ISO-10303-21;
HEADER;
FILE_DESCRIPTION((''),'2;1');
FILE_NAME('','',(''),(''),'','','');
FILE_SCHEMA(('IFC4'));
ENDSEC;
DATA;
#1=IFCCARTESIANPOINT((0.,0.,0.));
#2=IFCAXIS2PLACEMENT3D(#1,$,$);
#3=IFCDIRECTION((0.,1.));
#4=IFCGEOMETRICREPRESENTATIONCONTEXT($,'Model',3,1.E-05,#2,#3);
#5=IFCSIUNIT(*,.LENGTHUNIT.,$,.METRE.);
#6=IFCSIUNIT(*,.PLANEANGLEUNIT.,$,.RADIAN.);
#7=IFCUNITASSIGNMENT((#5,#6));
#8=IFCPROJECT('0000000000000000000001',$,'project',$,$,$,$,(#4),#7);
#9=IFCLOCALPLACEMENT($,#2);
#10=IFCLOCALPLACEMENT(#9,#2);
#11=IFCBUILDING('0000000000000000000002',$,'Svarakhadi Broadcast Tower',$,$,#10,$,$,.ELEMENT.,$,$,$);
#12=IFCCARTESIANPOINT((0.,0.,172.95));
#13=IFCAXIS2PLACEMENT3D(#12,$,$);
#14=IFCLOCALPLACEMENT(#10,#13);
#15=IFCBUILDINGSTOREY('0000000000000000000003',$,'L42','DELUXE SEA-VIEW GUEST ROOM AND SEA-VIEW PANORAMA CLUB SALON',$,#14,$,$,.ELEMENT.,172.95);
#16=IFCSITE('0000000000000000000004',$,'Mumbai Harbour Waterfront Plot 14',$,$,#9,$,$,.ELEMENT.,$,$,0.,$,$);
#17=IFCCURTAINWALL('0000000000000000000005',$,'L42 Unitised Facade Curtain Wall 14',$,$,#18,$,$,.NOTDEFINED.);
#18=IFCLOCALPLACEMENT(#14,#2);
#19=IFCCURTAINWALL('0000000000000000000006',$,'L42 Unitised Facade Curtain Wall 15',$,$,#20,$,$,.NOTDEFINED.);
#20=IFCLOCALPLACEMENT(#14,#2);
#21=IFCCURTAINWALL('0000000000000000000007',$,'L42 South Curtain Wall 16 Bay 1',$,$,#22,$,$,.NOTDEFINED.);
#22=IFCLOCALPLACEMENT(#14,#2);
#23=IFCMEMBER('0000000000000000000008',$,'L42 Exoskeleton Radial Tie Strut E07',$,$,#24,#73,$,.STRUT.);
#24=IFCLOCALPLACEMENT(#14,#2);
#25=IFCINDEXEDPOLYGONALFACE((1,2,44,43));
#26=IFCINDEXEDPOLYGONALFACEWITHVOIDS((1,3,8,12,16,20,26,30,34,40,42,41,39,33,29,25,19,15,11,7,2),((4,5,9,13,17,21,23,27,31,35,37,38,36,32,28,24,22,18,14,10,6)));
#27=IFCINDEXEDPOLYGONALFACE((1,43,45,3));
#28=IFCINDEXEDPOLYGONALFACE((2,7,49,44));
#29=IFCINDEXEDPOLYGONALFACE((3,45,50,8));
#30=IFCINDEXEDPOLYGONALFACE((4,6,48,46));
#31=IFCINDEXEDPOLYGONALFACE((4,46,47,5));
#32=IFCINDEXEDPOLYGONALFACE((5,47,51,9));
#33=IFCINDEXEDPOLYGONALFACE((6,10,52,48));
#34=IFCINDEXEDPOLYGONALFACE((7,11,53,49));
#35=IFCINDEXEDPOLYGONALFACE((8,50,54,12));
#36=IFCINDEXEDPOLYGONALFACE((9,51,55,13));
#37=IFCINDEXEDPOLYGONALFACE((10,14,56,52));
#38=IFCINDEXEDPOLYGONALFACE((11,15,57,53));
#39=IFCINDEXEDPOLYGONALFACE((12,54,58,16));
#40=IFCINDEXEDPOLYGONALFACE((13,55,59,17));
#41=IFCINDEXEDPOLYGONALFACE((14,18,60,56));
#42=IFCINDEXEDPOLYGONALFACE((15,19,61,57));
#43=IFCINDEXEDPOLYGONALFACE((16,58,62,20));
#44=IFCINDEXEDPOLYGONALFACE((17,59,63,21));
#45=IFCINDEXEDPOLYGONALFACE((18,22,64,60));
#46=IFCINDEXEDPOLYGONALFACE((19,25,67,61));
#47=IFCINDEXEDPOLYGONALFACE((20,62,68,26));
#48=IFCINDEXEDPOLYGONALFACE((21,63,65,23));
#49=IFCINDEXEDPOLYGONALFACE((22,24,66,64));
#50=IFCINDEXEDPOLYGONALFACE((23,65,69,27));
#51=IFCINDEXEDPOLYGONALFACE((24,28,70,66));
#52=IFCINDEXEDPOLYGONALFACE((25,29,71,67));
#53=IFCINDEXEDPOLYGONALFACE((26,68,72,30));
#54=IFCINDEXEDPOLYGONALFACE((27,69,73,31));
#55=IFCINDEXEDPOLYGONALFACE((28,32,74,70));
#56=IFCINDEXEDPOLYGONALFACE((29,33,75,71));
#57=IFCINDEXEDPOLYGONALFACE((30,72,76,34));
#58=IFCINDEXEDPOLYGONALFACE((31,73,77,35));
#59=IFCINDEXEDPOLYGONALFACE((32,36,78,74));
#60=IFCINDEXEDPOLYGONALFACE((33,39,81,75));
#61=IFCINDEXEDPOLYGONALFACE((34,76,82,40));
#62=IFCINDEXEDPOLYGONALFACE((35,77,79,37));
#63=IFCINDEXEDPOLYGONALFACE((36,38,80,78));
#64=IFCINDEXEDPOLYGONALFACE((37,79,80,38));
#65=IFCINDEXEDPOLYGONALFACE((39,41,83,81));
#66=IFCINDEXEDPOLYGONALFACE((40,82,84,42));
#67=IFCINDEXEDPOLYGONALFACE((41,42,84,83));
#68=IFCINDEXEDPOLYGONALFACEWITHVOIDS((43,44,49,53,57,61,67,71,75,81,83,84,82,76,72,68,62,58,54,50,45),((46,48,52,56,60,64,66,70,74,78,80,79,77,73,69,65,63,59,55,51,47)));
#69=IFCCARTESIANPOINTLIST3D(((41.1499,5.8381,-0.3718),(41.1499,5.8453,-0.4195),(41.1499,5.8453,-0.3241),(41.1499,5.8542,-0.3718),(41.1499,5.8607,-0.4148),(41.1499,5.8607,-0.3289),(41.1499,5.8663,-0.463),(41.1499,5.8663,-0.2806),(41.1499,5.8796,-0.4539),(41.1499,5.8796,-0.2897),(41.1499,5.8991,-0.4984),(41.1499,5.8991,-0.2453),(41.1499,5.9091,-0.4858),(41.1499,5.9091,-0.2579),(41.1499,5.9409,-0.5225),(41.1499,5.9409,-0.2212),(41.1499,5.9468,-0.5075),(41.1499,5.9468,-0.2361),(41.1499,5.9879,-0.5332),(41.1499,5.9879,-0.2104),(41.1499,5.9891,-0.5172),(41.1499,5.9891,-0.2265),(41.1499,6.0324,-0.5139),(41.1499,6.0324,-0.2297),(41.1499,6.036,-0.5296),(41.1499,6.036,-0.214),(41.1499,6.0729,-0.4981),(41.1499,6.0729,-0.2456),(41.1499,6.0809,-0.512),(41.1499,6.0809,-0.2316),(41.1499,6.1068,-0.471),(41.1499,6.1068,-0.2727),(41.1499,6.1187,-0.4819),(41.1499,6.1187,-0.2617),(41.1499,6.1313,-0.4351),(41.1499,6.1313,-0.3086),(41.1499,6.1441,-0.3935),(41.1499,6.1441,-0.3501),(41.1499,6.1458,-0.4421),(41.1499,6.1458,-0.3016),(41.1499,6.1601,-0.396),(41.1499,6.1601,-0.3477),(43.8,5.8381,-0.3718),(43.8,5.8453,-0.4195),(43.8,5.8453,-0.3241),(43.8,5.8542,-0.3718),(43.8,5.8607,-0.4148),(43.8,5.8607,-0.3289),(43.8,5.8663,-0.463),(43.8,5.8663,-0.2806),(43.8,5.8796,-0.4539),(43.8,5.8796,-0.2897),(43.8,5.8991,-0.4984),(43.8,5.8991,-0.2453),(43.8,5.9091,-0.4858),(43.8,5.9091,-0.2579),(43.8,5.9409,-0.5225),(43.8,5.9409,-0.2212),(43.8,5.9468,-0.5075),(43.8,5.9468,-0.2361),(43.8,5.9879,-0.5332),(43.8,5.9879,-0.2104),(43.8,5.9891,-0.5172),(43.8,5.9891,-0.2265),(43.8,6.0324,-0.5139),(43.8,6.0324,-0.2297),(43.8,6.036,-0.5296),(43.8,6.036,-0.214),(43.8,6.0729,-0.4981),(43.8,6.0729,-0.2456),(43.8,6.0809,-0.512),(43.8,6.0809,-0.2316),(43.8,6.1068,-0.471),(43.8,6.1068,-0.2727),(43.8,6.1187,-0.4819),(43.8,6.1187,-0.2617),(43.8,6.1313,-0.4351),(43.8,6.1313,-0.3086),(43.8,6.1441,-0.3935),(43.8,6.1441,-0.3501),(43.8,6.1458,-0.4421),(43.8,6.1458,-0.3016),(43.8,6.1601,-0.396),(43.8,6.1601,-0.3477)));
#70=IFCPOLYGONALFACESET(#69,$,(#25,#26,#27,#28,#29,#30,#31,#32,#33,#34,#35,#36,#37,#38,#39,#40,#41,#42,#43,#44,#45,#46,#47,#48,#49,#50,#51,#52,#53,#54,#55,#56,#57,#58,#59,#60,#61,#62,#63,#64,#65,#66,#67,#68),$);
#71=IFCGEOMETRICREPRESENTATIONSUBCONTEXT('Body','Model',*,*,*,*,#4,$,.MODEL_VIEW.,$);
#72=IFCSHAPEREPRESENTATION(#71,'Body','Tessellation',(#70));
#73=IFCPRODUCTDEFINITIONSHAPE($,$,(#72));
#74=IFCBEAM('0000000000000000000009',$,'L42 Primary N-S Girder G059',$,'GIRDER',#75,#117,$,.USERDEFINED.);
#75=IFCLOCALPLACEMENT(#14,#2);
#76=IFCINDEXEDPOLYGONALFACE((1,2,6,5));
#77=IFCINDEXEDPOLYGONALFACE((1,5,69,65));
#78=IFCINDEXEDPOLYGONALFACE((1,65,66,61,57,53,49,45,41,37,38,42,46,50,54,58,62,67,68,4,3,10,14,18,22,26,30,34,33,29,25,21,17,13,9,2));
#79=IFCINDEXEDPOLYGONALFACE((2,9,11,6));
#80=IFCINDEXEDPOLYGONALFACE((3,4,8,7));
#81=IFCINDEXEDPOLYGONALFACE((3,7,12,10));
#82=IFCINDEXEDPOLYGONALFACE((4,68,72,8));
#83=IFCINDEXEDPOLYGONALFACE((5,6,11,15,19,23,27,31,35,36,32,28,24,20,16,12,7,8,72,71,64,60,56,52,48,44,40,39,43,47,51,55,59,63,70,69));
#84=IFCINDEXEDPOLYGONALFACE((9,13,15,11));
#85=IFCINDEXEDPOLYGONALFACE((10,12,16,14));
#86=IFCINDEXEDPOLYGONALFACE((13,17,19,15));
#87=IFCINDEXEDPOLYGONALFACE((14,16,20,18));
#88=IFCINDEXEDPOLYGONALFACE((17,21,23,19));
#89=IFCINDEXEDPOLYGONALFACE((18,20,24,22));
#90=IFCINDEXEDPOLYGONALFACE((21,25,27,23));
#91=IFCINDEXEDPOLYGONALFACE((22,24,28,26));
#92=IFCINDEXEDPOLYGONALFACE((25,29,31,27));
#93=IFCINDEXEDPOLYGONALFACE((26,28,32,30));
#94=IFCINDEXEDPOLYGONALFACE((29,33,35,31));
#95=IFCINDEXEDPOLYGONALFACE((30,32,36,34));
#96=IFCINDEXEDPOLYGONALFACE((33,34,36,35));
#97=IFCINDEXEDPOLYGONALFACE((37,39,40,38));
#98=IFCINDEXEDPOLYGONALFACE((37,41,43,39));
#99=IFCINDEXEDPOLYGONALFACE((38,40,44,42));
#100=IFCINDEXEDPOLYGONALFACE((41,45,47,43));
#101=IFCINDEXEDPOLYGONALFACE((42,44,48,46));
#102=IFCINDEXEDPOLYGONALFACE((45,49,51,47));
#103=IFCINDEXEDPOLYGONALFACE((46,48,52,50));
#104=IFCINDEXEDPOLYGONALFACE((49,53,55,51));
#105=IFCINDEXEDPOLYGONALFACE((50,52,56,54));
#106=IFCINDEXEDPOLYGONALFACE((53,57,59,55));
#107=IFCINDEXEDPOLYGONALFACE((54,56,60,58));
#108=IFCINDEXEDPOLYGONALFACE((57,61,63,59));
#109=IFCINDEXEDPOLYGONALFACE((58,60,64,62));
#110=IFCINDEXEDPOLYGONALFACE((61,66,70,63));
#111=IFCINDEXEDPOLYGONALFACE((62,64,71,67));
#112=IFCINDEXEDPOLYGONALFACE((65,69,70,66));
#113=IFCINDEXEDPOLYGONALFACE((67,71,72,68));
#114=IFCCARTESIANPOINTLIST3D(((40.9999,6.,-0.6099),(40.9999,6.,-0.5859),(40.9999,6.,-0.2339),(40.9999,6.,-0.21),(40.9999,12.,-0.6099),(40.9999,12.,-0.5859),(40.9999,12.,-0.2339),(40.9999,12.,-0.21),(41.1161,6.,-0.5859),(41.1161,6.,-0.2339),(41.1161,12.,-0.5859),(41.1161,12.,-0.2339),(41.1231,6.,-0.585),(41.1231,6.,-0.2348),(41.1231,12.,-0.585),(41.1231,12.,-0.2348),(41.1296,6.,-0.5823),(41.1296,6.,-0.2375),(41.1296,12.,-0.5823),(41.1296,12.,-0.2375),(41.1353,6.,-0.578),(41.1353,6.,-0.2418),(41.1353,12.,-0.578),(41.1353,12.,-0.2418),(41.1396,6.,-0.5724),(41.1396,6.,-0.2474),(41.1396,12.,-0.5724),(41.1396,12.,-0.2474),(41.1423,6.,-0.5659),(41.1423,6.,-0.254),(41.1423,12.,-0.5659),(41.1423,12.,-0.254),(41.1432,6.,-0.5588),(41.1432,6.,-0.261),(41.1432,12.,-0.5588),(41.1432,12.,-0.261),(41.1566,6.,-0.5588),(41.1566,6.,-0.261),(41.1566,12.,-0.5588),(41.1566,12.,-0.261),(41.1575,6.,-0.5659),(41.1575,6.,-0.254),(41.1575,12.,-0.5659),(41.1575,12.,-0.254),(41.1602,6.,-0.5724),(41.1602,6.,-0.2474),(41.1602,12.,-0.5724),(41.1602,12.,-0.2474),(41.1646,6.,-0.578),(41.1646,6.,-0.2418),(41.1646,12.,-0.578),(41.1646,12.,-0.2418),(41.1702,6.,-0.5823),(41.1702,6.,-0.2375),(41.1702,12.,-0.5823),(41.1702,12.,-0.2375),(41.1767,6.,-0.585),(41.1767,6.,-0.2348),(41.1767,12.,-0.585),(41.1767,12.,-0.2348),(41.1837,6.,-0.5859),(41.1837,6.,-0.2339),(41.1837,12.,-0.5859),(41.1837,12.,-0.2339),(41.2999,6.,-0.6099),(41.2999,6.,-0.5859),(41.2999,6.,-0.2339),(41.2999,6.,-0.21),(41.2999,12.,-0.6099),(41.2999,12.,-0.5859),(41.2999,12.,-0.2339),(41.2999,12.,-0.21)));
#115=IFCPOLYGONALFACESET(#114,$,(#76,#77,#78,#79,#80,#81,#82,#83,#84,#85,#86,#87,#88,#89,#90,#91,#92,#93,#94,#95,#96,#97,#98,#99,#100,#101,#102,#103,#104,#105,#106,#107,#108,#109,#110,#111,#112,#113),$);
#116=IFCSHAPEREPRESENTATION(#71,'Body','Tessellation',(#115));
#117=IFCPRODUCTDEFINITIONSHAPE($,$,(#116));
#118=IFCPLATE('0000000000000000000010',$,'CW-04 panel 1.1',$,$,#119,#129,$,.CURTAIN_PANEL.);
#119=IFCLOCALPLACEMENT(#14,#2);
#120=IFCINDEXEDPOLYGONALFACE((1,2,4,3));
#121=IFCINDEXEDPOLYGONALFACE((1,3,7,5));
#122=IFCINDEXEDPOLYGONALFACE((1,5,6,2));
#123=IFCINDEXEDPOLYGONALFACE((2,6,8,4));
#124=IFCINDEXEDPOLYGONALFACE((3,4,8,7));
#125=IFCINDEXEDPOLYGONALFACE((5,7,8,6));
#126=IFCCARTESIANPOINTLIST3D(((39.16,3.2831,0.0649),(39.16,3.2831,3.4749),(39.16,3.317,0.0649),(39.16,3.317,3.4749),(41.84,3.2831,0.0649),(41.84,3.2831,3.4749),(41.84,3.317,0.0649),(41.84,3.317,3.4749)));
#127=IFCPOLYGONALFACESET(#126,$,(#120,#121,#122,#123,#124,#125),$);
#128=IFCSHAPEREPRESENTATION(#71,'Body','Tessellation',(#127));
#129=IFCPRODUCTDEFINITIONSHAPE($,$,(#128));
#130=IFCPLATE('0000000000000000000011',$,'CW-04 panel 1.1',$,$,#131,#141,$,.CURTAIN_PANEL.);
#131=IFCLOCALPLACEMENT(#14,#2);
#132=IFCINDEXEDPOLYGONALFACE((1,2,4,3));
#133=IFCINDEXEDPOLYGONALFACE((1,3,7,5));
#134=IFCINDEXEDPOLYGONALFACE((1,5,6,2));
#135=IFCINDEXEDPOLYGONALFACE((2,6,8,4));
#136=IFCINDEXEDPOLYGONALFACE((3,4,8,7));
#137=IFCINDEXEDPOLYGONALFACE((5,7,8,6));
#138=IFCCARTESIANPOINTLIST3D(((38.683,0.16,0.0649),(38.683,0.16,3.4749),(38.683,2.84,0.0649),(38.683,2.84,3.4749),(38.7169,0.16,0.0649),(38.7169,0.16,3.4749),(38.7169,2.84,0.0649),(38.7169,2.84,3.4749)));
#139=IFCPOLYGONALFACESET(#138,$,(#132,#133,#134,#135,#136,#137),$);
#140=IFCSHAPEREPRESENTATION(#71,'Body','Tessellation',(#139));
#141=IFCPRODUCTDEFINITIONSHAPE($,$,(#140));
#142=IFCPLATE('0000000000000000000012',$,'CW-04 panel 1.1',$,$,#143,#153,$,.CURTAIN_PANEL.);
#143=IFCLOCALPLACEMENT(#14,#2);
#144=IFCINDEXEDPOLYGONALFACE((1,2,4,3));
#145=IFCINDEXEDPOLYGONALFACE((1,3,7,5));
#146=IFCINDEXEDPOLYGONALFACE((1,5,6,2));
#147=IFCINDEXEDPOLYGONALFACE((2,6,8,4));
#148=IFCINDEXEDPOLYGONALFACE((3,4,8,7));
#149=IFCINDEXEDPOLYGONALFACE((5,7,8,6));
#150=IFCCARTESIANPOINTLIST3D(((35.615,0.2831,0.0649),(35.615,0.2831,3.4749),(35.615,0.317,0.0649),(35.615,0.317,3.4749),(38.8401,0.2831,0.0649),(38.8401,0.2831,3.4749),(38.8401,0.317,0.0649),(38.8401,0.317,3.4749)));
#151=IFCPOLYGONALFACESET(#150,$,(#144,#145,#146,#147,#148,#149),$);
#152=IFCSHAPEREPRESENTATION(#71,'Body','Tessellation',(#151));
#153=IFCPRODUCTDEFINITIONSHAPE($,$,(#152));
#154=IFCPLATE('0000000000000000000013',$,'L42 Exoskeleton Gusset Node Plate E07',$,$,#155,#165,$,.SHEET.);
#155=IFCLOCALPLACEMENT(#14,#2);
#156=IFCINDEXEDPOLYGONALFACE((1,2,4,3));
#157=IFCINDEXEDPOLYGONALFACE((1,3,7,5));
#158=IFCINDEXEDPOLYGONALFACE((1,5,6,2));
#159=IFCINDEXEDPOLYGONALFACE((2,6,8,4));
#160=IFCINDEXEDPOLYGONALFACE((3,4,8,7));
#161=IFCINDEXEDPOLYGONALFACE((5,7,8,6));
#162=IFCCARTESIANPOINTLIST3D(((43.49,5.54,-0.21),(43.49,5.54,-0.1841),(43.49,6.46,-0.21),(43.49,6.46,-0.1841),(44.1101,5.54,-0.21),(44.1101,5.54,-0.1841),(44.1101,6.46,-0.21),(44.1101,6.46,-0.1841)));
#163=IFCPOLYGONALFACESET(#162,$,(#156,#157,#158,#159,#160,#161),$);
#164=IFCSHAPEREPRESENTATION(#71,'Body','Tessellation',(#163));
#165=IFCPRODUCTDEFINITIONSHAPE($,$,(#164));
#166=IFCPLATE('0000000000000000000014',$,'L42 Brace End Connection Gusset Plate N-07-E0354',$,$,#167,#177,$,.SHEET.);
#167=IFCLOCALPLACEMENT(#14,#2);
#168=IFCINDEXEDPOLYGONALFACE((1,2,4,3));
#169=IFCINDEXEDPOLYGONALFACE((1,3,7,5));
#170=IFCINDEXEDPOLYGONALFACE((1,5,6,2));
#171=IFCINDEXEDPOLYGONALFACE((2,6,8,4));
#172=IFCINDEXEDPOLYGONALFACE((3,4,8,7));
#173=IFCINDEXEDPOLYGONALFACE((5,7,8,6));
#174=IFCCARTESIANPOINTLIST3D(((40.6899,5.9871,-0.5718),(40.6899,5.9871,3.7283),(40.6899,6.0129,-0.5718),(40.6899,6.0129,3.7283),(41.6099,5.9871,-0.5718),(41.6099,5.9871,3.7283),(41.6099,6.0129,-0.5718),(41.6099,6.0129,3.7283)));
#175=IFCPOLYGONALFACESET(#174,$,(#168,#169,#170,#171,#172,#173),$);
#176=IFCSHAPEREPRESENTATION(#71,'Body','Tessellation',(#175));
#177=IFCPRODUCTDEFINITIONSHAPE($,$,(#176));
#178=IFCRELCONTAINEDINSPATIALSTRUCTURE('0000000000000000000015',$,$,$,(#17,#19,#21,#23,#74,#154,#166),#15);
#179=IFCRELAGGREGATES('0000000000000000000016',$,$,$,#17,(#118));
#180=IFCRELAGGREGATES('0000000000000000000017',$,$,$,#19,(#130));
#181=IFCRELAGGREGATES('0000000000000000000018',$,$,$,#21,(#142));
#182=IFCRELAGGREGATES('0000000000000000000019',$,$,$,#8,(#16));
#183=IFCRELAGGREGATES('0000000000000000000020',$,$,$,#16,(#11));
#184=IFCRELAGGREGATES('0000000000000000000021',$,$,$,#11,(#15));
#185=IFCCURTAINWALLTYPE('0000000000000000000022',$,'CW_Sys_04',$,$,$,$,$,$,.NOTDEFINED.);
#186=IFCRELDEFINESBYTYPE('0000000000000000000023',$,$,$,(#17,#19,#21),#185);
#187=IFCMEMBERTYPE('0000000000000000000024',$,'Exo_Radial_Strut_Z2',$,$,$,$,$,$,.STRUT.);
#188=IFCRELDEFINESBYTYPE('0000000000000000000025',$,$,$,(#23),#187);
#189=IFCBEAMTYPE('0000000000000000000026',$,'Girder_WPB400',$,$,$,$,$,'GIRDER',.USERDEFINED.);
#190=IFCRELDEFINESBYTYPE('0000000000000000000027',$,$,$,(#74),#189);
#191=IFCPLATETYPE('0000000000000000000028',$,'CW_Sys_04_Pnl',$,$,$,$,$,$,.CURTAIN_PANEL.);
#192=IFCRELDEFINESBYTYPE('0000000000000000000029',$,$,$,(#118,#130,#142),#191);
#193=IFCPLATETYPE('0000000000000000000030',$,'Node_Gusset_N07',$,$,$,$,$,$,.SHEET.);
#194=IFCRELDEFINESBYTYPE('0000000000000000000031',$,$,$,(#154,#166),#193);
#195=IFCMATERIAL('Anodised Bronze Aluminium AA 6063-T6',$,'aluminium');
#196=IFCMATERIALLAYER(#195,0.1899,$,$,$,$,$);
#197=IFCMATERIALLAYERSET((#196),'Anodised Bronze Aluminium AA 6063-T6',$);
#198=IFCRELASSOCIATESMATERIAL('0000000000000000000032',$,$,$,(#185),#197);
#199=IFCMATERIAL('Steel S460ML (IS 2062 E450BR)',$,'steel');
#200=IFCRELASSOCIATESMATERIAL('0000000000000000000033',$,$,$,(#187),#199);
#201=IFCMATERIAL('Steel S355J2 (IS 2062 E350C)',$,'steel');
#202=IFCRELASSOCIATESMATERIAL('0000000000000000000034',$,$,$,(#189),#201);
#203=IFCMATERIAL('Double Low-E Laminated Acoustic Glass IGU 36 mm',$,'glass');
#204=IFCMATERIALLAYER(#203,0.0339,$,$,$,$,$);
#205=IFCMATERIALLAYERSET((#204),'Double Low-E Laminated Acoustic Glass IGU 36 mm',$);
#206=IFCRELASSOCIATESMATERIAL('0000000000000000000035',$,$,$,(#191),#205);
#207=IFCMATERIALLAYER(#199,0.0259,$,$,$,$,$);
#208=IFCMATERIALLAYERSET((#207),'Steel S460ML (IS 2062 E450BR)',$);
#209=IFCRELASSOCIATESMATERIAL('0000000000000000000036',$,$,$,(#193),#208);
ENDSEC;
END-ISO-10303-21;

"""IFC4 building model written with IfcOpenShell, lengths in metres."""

from ifc_helpers import new_model, si_unit, direction, frame, origin, origin_2d, place, context, subcontext, project, spatial, rectangle, hollow_circle, i_section, extrude, material, layer, layer_set, material_profile, profile_set, type_object, element, aggregate, save


model = new_model("IFC4")

# Units and contexts
model_context = context("Model", 3, precision=1e-05, world=origin(), true_north=direction((0.0, 1.0)))
body_context = subcontext(model_context, "Body", "Model", "MODEL_VIEW")
ifc_project = project(units=[si_unit("LENGTHUNIT", "METRE"), si_unit("PLANEANGLEUNIT", "RADIAN")], contexts=[model_context])

# Site, building, storey
site_placement = place(None, origin())
site = spatial("IfcSite", under=ifc_project, at=site_placement, Name="Mumbai Harbour Waterfront Plot 14", CompositionType="ELEMENT", RefElevation=0.0)
building_placement = place(site_placement, origin())
building = spatial("IfcBuilding", under=site, at=building_placement, Name="Svarakhadi Broadcast Tower", CompositionType="ELEMENT")
storey_placement = place(building_placement, frame((0.0, 0.0, 172.95)))
storey = spatial("IfcBuildingStorey", under=building, at=storey_placement, Name="L42", Description="DELUXE SEA-VIEW GUEST ROOM AND SEA-VIEW PANORAMA CLUB SALON", CompositionType="ELEMENT", Elevation=172.95)

# Shared definitions
ifc_material_1 = material(Name="Steel S460ML (IS 2062 E450BR)", Category="steel")

# Shared definitions
ifc_material_2 = material(Name="Anodised Bronze Aluminium AA 6063-T6", Category="aluminium")
ifc_layer_1 = layer(ifc_material_2, 0.1899)
ifc_layer_set_1 = layer_set([ifc_layer_1], Name="Anodised Bronze Aluminium AA 6063-T6")
curtain_wall_type = type_object("IfcCurtainWallType", Name="CW_Sys_04", PredefinedType="NOTDEFINED", material=ifc_layer_set_1)

# Curtain walls
curtain_wall_1_placement = place(storey_placement, origin())
curtain_wall_1 = element("IfcCurtainWall", 1, at=curtain_wall_1_placement, inside=storey, type_object=curtain_wall_type, Name="L42 Unitised Facade Curtain Wall 14", PredefinedType="NOTDEFINED")
curtain_wall_2_placement = place(storey_placement, origin())
curtain_wall_2 = element("IfcCurtainWall", 2, at=curtain_wall_2_placement, inside=storey, type_object=curtain_wall_type, Name="L42 Unitised Facade Curtain Wall 15", PredefinedType="NOTDEFINED")

# Curtain wall
curtain_wall_3_placement = place(storey_placement, origin())
curtain_wall_3 = element("IfcCurtainWall", 3, at=curtain_wall_3_placement, inside=storey, type_object=curtain_wall_type, Name="L42 South Curtain Wall 16 Bay 1", PredefinedType="NOTDEFINED")

# Member
ifc_material_profile_1 = material_profile(ifc_material_1, hollow_circle(Radius=0.1619, WallThickness=0.0161, at=origin_2d()), Name="CHS 323.9x16")
ifc_profile_set_1 = profile_set([ifc_material_profile_1], Name="Steel S460ML (IS 2062 E450BR)")
member_type_1 = type_object("IfcMemberType", Name="Exo_Radial_Strut_Z2", PredefinedType="STRUT", material=ifc_profile_set_1)
member_1_placement = place(storey_placement, frame((43.8, 6.0, -0.3718), z_axis=(-1.0, 0.0, 0.0), x_axis=(0.0, -1.0, 0.0)))
element("IfcMember", 4, at=member_1_placement, inside=storey, type_object=member_type_1, Name="L42 Exoskeleton Radial Tie Strut E07", PredefinedType="STRUT", context=body_context, shape_type="SweptSolid", body=[
    extrude(hollow_circle(Radius=0.1619, WallThickness=0.0161, at=origin_2d()), origin(), (0.0, 0.0, 1.0), 2.6501),
])

# Beam
ifc_material_3 = material(Name="Steel S355J2 (IS 2062 E350C)", Category="steel")
ifc_material_profile_2 = material_profile(ifc_material_3, i_section(OverallWidth=0.3, OverallDepth=0.3999, WebThickness=0.0134, FlangeThickness=0.0239, FilletRadius=0.0271, at=origin_2d()), Name="WPB 400x300x155")
ifc_profile_set_2 = profile_set([ifc_material_profile_2], Name="Steel S355J2 (IS 2062 E350C)")
beam_type = type_object("IfcBeamType", Name="Girder_WPB400", ElementType="GIRDER", PredefinedType="USERDEFINED", material=ifc_profile_set_2)
beam_placement = place(storey_placement, frame((41.1499, 6.0, -0.4099), z_axis=(0.0, 1.0, 0.0), x_axis=(-1.0, 0.0, 0.0)))
element("IfcBeam", 5, at=beam_placement, inside=storey, type_object=beam_type, Name="L42 Primary N-S Girder G059", ObjectType="GIRDER", PredefinedType="USERDEFINED", context=body_context, shape_type="SweptSolid", body=[
    extrude(i_section(OverallWidth=0.3, OverallDepth=0.3999, WebThickness=0.0134, FlangeThickness=0.0239, FilletRadius=0.0271, at=origin_2d()), origin(), (0.0, 0.0, 1.0), 6.0),
])

# Plates
ifc_material_4 = material(Name="Double Low-E Laminated Acoustic Glass IGU 36 mm", Category="glass")
ifc_layer_2 = layer(ifc_material_4, 0.0339)
ifc_layer_set_2 = layer_set([ifc_layer_2], Name="Double Low-E Laminated Acoustic Glass IGU 36 mm")
plate_type_1 = type_object("IfcPlateType", Name="CW_Sys_04_Pnl", PredefinedType="CURTAIN_PANEL", material=ifc_layer_set_2)
plate_1_placement = place(storey_placement, frame((40.5, 3.3, 0.0649), z_axis=(0.0, 0.0, 1.0), x_axis=(-1.0, 0.0, 0.0)))
plate_1 = element("IfcPlate", 6, at=plate_1_placement, type_object=plate_type_1, Name="CW-04 panel 1.1", PredefinedType="CURTAIN_PANEL", context=body_context, shape_type="SweptSolid", body=[
    extrude(rectangle(XDim=2.6799, YDim=0.0339, at=origin_2d()), origin(), (0.0, 0.0, 1.0), 3.4099),
])
aggregate(curtain_wall_1, [plate_1])
plate_2_placement = place(storey_placement, frame((38.7, 1.5, 0.0649), z_axis=(0.0, 0.0, 1.0), x_axis=(0.0, -1.0, 0.0)))
plate_2 = element("IfcPlate", 7, at=plate_2_placement, type_object=plate_type_1, Name="CW-04 panel 1.1", PredefinedType="CURTAIN_PANEL", context=body_context, shape_type="SweptSolid", body=[
    extrude(rectangle(XDim=2.6799, YDim=0.0339, at=origin_2d()), origin(), (0.0, 0.0, 1.0), 3.4099),
])
aggregate(curtain_wall_2, [plate_2])
plate_3_placement = place(storey_placement, frame((37.2275, 0.3, 0.0649), z_axis=(0.0, 0.0, 1.0), x_axis=(-1.0, 0.0, 0.0)))
plate_3 = element("IfcPlate", 8, at=plate_3_placement, type_object=plate_type_1, Name="CW-04 panel 1.1", PredefinedType="CURTAIN_PANEL", context=body_context, shape_type="SweptSolid", body=[
    extrude(rectangle(XDim=3.2251, YDim=0.0339, at=origin_2d()), origin(), (0.0, 0.0, 1.0), 3.4099),
])
aggregate(curtain_wall_3, [plate_3])

# Plates
ifc_layer_3 = layer(ifc_material_1, 0.0259)
ifc_layer_set_3 = layer_set([ifc_layer_3], Name="Steel S460ML (IS 2062 E450BR)")
plate_type_2 = type_object("IfcPlateType", Name="Node_Gusset_N07", PredefinedType="SHEET", material=ifc_layer_set_3)
plate_4_placement = place(storey_placement, frame((43.8, 6.0, -0.21), z_axis=(0.0, 0.0, 1.0), x_axis=(0.0, 1.0, 0.0)))
element("IfcPlate", 9, at=plate_4_placement, inside=storey, type_object=plate_type_2, Name="L42 Exoskeleton Gusset Node Plate E07", PredefinedType="SHEET", context=body_context, shape_type="SweptSolid", body=[
    extrude(rectangle(XDim=0.9199, YDim=0.6201, at=origin_2d()), origin(), (0.0, 0.0, 1.0), 0.0259),
])
plate_5_placement = place(storey_placement, frame((41.1499, 6.0, -0.5718), z_axis=(0.0, 0.0, 1.0), x_axis=(1.0, 0.0, 0.0)))
element("IfcPlate", 10, at=plate_5_placement, inside=storey, type_object=plate_type_2, Name="L42 Brace End Connection Gusset Plate N-07-E0354", PredefinedType="SHEET", context=body_context, shape_type="SweptSolid", body=[
    extrude(rectangle(XDim=0.9199, YDim=0.0259, at=origin_2d()), origin(), (0.0, 0.0, 1.0), 4.3),
])

save(model, "model.ifc")
